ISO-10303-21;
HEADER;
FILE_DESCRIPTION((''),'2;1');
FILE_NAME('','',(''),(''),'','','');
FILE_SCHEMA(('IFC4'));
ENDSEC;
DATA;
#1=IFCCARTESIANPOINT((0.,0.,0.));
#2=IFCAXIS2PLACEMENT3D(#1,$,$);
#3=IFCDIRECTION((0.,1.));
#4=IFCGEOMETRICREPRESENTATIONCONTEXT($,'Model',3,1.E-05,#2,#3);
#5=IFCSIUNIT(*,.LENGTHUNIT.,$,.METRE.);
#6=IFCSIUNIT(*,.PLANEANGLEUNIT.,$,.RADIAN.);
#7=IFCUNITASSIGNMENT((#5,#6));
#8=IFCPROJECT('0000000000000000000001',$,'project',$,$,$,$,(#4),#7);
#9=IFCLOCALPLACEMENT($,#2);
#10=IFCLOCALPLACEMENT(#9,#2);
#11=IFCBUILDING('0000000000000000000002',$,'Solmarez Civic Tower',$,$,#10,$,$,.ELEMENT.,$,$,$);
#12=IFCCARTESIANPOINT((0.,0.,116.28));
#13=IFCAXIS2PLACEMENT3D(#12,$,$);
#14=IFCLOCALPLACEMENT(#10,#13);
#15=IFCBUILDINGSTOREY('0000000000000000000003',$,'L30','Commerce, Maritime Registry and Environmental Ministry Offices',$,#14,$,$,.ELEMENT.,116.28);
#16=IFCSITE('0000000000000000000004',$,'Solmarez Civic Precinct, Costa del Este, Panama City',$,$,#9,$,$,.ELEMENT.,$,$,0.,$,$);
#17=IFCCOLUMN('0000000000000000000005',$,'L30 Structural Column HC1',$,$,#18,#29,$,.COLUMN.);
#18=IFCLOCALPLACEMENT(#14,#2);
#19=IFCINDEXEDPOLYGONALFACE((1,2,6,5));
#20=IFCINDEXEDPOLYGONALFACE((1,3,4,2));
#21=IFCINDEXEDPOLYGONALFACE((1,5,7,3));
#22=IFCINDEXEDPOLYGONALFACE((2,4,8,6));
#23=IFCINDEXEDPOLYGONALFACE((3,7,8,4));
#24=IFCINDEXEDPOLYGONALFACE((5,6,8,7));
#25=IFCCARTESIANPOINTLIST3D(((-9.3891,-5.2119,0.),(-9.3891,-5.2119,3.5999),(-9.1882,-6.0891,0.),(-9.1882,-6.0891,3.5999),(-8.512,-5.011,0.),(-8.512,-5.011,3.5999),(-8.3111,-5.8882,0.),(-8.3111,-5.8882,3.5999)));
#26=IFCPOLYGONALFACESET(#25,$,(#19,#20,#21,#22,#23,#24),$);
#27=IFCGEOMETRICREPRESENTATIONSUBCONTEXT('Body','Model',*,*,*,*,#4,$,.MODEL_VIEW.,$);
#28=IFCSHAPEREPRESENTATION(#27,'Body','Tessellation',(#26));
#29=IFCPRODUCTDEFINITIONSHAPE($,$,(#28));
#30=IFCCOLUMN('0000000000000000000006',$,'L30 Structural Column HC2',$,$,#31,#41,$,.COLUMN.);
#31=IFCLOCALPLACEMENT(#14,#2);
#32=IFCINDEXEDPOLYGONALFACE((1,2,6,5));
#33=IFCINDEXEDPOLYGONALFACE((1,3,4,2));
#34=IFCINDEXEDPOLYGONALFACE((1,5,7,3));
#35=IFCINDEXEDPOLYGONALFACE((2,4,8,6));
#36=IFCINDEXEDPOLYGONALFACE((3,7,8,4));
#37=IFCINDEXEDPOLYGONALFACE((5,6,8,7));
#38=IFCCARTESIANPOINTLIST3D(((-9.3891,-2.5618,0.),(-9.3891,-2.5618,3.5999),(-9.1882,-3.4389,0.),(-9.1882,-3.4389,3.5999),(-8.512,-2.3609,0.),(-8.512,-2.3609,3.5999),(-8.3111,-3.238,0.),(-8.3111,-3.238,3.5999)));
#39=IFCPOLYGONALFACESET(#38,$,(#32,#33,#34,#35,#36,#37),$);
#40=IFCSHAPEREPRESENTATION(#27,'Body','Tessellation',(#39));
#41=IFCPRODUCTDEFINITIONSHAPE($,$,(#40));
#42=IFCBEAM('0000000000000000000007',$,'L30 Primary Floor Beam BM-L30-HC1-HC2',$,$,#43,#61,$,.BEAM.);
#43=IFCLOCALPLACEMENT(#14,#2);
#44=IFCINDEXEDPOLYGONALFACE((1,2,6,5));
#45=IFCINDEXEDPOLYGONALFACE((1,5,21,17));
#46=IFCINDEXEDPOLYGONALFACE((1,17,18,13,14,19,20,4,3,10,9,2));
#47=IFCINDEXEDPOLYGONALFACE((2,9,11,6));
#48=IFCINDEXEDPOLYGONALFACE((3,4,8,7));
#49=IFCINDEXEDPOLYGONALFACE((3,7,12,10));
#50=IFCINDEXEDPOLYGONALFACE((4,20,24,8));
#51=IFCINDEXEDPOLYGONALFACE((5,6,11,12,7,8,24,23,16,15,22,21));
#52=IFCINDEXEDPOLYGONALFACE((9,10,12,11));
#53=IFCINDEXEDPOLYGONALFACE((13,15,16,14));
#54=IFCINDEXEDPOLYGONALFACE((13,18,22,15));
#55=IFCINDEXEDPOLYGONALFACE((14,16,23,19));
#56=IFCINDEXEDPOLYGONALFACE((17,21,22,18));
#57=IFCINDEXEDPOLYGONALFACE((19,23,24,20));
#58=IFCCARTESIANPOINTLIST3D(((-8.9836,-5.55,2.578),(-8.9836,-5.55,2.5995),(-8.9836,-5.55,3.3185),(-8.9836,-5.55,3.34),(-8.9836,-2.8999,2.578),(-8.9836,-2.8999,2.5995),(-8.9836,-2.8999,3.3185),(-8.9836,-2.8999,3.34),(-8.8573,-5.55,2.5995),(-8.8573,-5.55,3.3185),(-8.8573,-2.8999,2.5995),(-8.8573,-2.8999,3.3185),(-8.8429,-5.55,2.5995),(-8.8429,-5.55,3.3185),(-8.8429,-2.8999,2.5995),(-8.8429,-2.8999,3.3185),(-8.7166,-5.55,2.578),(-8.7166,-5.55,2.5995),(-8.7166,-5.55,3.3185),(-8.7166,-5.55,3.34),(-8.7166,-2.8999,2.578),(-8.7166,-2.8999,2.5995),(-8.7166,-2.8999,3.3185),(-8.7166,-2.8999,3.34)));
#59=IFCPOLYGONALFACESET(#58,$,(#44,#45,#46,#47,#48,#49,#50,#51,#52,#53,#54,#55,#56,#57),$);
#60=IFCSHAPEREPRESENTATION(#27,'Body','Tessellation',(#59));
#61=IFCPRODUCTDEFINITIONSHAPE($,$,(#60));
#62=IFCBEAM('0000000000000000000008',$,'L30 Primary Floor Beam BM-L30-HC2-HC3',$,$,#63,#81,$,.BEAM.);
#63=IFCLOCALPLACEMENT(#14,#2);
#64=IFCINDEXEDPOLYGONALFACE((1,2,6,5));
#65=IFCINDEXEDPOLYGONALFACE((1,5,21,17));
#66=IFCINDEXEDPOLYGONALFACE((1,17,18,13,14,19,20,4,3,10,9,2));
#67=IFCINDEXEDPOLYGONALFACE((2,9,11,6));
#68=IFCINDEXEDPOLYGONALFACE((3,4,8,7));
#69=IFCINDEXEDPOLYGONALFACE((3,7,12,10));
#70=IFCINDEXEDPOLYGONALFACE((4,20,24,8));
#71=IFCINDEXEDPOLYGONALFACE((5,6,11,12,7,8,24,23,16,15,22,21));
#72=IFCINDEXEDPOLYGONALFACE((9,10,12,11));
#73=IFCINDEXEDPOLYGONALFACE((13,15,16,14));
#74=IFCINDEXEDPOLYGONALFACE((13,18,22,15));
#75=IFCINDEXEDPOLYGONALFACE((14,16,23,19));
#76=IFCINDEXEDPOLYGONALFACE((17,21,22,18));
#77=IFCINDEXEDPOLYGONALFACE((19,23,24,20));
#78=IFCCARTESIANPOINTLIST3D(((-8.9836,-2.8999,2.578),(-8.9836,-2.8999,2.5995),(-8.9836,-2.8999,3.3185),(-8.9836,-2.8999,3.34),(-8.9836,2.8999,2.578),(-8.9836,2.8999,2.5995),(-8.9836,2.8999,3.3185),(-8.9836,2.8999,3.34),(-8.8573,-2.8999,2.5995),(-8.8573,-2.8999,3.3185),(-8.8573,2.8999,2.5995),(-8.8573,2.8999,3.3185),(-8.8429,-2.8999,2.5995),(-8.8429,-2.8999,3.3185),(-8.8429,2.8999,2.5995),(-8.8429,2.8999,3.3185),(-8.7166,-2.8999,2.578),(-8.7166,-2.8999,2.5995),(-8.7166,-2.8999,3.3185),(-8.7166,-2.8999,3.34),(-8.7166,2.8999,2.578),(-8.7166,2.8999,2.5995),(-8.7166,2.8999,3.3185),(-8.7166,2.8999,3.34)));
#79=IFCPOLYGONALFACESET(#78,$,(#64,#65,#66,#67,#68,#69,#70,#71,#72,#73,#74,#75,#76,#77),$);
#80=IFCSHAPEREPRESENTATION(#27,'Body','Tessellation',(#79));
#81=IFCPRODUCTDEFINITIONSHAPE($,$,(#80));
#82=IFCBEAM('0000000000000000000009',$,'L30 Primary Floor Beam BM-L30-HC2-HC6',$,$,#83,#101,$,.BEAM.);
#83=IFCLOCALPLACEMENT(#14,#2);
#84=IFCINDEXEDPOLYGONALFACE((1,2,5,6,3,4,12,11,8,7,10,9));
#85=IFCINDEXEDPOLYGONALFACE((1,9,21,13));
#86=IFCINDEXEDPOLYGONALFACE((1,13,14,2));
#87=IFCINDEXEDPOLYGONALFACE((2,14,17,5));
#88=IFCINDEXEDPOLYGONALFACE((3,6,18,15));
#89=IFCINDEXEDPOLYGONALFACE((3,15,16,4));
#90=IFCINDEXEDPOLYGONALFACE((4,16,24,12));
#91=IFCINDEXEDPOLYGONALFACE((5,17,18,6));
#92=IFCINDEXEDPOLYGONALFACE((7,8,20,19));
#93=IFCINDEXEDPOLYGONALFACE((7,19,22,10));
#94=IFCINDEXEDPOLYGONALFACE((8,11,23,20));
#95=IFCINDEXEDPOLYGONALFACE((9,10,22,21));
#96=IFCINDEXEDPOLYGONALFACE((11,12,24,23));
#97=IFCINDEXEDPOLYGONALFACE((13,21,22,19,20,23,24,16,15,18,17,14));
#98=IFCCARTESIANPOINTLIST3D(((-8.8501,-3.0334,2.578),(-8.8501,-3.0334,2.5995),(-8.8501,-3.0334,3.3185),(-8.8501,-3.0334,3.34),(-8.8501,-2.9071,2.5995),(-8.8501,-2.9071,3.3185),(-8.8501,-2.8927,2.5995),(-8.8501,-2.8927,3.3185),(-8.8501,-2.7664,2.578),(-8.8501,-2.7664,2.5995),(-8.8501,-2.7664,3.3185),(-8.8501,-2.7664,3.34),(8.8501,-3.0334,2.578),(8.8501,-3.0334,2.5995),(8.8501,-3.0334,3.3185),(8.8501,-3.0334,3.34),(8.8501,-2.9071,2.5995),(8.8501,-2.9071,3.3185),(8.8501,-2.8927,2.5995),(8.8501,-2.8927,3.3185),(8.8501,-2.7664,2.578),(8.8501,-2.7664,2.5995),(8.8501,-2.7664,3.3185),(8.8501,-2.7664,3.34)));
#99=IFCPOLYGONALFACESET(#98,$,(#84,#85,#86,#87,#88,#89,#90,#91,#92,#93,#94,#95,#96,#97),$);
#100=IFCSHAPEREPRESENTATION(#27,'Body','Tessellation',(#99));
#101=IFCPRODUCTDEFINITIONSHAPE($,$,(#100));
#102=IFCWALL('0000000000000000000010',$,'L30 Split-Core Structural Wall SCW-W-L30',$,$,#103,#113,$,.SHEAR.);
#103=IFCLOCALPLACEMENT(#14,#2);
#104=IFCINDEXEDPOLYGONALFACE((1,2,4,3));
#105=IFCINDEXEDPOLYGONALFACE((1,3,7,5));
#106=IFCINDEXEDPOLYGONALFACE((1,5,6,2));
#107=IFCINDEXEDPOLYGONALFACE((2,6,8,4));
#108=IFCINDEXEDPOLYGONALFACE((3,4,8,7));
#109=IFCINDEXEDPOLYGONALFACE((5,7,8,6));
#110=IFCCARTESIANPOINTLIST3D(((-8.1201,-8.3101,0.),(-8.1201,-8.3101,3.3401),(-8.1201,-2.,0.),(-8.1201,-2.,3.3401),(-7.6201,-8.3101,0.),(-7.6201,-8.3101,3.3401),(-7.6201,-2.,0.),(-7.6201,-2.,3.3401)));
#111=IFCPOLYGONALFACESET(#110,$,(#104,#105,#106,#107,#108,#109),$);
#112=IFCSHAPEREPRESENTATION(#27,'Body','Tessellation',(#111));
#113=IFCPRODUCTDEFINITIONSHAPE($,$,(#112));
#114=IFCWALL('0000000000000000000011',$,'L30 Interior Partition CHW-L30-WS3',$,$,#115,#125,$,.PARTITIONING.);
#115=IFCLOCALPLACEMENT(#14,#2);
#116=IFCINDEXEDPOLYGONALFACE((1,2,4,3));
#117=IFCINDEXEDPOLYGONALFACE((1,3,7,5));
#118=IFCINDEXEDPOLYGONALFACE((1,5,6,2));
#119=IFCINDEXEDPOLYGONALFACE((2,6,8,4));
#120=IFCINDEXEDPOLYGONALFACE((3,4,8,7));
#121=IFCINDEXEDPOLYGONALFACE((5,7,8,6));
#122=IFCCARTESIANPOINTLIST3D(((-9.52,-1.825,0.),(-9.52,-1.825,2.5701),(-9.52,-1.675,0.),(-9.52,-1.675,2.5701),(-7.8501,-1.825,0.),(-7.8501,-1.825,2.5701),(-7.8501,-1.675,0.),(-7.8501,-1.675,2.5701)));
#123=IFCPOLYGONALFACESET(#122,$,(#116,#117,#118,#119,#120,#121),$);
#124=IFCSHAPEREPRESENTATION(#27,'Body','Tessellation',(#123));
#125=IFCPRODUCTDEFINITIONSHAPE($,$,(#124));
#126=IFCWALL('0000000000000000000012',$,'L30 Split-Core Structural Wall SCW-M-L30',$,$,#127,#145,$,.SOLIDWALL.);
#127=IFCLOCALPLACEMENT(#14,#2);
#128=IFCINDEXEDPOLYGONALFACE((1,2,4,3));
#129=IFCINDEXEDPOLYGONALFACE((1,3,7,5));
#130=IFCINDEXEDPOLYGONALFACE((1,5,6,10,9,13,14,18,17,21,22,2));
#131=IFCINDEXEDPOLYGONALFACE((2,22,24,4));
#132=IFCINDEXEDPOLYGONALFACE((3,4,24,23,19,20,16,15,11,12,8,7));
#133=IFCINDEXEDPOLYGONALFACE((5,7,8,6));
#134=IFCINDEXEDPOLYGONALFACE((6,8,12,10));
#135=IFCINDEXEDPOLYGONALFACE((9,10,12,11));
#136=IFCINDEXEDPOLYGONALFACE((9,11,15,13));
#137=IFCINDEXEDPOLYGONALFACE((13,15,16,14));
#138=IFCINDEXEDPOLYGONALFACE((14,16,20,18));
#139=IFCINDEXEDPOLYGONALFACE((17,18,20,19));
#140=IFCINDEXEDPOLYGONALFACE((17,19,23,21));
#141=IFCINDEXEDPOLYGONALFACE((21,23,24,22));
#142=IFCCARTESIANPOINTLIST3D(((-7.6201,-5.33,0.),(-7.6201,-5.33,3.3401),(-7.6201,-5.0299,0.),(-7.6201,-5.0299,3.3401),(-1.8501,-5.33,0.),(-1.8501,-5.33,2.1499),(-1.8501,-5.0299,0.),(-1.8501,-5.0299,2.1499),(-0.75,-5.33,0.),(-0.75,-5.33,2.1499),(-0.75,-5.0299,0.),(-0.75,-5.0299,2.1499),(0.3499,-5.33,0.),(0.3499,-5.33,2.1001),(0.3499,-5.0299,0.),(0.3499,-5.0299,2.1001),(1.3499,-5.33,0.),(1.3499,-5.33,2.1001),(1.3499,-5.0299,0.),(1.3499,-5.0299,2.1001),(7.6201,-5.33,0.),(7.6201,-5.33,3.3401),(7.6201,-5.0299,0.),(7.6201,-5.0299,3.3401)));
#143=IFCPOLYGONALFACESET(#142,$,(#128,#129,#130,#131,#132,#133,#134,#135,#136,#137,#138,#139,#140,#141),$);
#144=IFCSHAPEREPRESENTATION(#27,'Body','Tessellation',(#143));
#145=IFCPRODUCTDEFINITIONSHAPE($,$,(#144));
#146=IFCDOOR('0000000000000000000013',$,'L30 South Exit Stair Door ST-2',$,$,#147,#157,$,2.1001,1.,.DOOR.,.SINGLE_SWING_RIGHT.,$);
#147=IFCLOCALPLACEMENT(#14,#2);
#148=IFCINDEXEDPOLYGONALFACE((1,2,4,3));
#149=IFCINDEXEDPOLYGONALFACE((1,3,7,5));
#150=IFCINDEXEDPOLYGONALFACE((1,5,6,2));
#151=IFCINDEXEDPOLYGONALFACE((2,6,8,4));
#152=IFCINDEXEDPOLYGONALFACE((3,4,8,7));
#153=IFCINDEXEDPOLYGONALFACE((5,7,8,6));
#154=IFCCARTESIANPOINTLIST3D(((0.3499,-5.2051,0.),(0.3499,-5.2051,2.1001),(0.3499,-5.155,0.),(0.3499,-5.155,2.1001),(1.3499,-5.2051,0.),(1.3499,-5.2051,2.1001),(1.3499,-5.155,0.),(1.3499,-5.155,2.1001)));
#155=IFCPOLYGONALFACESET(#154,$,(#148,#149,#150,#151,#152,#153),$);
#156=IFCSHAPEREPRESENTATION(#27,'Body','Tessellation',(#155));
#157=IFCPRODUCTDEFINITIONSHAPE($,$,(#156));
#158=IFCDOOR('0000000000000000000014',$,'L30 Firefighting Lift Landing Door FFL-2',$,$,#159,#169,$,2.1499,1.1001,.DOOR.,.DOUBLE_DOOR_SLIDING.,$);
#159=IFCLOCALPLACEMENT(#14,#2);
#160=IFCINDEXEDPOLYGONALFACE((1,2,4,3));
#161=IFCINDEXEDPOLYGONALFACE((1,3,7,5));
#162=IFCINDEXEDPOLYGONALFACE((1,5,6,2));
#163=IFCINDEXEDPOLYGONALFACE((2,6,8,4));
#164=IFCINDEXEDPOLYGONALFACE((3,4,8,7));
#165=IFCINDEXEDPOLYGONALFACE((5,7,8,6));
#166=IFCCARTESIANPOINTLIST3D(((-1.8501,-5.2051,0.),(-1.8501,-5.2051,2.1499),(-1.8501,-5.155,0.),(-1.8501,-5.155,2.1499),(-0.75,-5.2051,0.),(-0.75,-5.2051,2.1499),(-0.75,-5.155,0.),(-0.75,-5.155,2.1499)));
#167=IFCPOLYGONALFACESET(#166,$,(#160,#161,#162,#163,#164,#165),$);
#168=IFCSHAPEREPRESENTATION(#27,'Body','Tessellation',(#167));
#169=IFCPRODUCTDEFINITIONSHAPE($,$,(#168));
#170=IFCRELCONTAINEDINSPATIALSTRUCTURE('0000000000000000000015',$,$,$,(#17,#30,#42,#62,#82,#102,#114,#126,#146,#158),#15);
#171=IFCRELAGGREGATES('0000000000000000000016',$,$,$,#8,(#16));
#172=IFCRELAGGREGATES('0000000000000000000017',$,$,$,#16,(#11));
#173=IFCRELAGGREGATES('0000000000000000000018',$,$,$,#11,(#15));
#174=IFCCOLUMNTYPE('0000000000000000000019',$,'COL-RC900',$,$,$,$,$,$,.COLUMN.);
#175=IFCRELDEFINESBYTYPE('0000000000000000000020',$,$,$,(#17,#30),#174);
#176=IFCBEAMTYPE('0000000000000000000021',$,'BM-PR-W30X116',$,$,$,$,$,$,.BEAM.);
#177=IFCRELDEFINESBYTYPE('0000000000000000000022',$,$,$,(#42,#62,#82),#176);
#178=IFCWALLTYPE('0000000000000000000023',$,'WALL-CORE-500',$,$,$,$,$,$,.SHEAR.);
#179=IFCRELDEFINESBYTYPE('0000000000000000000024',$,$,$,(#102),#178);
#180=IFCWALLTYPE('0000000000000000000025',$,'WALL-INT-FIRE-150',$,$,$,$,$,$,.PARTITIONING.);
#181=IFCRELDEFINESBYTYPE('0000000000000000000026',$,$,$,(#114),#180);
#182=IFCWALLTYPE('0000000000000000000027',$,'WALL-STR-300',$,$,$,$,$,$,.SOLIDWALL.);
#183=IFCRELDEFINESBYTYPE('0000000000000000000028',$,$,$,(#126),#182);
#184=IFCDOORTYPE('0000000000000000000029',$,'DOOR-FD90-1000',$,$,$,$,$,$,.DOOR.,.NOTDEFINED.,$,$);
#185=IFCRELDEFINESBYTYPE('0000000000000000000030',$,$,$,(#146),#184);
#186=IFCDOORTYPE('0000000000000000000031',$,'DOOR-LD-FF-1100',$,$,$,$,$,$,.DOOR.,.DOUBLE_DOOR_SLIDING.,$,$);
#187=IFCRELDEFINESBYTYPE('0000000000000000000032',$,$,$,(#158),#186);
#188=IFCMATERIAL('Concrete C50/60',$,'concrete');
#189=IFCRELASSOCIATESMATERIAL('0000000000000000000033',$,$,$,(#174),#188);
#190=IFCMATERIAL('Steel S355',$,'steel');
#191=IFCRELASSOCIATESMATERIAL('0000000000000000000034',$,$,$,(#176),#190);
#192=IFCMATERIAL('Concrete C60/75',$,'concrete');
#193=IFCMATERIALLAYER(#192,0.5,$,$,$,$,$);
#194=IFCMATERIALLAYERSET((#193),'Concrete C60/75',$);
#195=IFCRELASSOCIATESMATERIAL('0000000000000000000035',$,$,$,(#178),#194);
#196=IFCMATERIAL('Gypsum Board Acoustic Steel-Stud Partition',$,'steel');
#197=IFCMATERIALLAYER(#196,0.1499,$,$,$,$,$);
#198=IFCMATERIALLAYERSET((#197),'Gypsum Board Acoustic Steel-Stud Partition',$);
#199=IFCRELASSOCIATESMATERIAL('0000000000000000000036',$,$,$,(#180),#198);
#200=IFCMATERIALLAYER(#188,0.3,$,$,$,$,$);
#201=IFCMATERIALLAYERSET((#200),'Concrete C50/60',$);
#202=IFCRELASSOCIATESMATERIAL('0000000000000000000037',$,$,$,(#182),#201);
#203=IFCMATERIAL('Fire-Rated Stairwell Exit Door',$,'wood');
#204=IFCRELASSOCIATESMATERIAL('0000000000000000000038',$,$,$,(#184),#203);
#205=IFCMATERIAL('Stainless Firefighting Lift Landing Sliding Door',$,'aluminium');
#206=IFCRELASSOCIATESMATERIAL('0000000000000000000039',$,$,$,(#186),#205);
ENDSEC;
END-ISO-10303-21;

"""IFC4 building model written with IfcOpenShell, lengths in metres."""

from ifc_helpers import new_model, si_unit, direction, frame, frame_2d, origin, origin_2d, place, context, subcontext, project, spatial, rectangle, i_section, extrude, material, layer, layer_set, material_profile, profile_set, type_object, element, fill, save


model = new_model("IFC4")

# Units and contexts
model_context = context("Model", 3, precision=1e-05, world=origin(), true_north=direction((0.0, 1.0)))
body_context = subcontext(model_context, "Body", "Model", "MODEL_VIEW")
ifc_project = project(units=[si_unit("LENGTHUNIT", "METRE"), si_unit("PLANEANGLEUNIT", "RADIAN")], contexts=[model_context])

# Site, building, storey
site_placement = place(None, origin())
site = spatial("IfcSite", under=ifc_project, at=site_placement, Name="Solmarez Civic Precinct, Costa del Este, Panama City", CompositionType="ELEMENT", RefElevation=0.0)
building_placement = place(site_placement, origin())
building = spatial("IfcBuilding", under=site, at=building_placement, Name="Solmarez Civic Tower", CompositionType="ELEMENT")
storey_placement = place(building_placement, frame((0.0, 0.0, 116.28)))
storey = spatial("IfcBuildingStorey", under=building, at=storey_placement, Name="L30", Description="Commerce, Maritime Registry and Environmental Ministry Offices", CompositionType="ELEMENT", Elevation=116.28)

# Columns
ifc_material_1 = material(Name="Concrete C50/60", Category="concrete")
ifc_material_profile_1 = material_profile(ifc_material_1, rectangle(XDim=0.8999, YDim=0.8999, at=origin_2d()), Name="RC900X900")
ifc_profile_set_1 = profile_set([ifc_material_profile_1], Name="Concrete C50/60")
column_type = type_object("IfcColumnType", Name="COL-RC900", PredefinedType="COLUMN", material=ifc_profile_set_1)
for number, where, z_axis, x_axis, name in (
    (1, (-8.8501, -5.55, 0.0), (0.0, 0.0, 1.0), (0.974761, 0.22325, 0.0), "L30 Structural Column HC1"),
    (2, (-8.8501, -2.8999, 0.0), (0.0, 0.0, 1.0), (0.974761, 0.22325, 0.0), "L30 Structural Column HC2"),
):
    element("IfcColumn", number, at=place(storey_placement, frame(where, z_axis=z_axis, x_axis=x_axis)), inside=storey, type_object=column_type, Name=name, PredefinedType="COLUMN", context=body_context, shape_type="SweptSolid", body=[
        extrude(rectangle(XDim=0.8999, YDim=0.8999, at=origin_2d()), origin(), (0.0, 0.0, 1.0), 3.5999),
    ])

# Beams
ifc_material_2 = material(Name="Steel S355", Category="steel")
ifc_material_profile_2 = material_profile(ifc_material_2, i_section(OverallWidth=0.2671, OverallDepth=0.762, WebThickness=0.0144, FlangeThickness=0.0215, at=origin_2d()), Name="W30X116")
ifc_profile_set_2 = profile_set([ifc_material_profile_2], Name="Steel S355")
beam_type = type_object("IfcBeamType", Name="BM-PR-W30X116", PredefinedType="BEAM", material=ifc_profile_set_2)
beam_1_placement = place(storey_placement, frame((-8.8501, -5.55, 2.959), z_axis=(0.0, 1.0, 0.0), x_axis=(-1.0, 0.0, 0.0)))
element("IfcBeam", 3, at=beam_1_placement, inside=storey, type_object=beam_type, Name="L30 Primary Floor Beam BM-L30-HC1-HC2", PredefinedType="BEAM", context=body_context, shape_type="SweptSolid", body=[
    extrude(i_section(OverallWidth=0.2671, OverallDepth=0.762, WebThickness=0.0144, FlangeThickness=0.0215, at=origin_2d()), origin(), (0.0, 0.0, 1.0), 2.6501),
])
beam_2_placement = place(storey_placement, frame((-8.8501, -2.8999, 2.959), z_axis=(0.0, 1.0, 0.0), x_axis=(-1.0, 0.0, 0.0)))
element("IfcBeam", 4, at=beam_2_placement, inside=storey, type_object=beam_type, Name="L30 Primary Floor Beam BM-L30-HC2-HC3", PredefinedType="BEAM", context=body_context, shape_type="SweptSolid", body=[
    extrude(i_section(OverallWidth=0.2671, OverallDepth=0.762, WebThickness=0.0144, FlangeThickness=0.0215, at=origin_2d()), origin(), (0.0, 0.0, 1.0), 5.7998),
])
beam_3_placement = place(storey_placement, frame((-8.8501, -2.8999, 2.959), z_axis=(1.0, 0.0, 0.0), x_axis=(0.0, 1.0, 0.0)))
element("IfcBeam", 5, at=beam_3_placement, inside=storey, type_object=beam_type, Name="L30 Primary Floor Beam BM-L30-HC2-HC6", PredefinedType="BEAM", context=body_context, shape_type="SweptSolid", body=[
    extrude(i_section(OverallWidth=0.2671, OverallDepth=0.762, WebThickness=0.0144, FlangeThickness=0.0215, at=origin_2d()), origin(), (0.0, 0.0, 1.0), 17.7002),
])

# Shared definitions
ifc_material_3 = material(Name="Concrete C60/75", Category="concrete")
ifc_layer_1 = layer(ifc_material_3, 0.5)
ifc_layer_set_1 = layer_set([ifc_layer_1], Name="Concrete C60/75")
wall_type_1 = type_object("IfcWallType", Name="WALL-CORE-500", PredefinedType="SHEAR", material=ifc_layer_set_1)

# Walls
wall_1_placement = place(storey_placement, frame((-7.8701, -8.3101, 0.0), z_axis=(0.0, 0.0, 1.0), x_axis=(0.0, 1.0, 0.0)))
element("IfcWall", 6, at=wall_1_placement, inside=storey, type_object=wall_type_1, Name="L30 Split-Core Structural Wall SCW-W-L30", PredefinedType="SHEAR", context=body_context, shape_type="SweptSolid", body=[
    extrude(rectangle(XDim=6.3101, YDim=0.5, at=frame_2d((3.155, 0.0))), origin(), (0.0, 0.0, 1.0), 3.3401),
])
ifc_material_4 = material(Name="Gypsum Board Acoustic Steel-Stud Partition", Category="steel")
ifc_layer_2 = layer(ifc_material_4, 0.1499)
ifc_layer_set_2 = layer_set([ifc_layer_2], Name="Gypsum Board Acoustic Steel-Stud Partition")
wall_type_2 = type_object("IfcWallType", Name="WALL-INT-FIRE-150", PredefinedType="PARTITIONING", material=ifc_layer_set_2)
wall_2_placement = place(storey_placement, frame((-7.8501, -1.75, 0.0), z_axis=(0.0, 0.0, 1.0), x_axis=(-1.0, 0.0, 0.0)))
element("IfcWall", 7, at=wall_2_placement, inside=storey, type_object=wall_type_2, Name="L30 Interior Partition CHW-L30-WS3", PredefinedType="PARTITIONING", context=body_context, shape_type="SweptSolid", body=[
    extrude(rectangle(XDim=1.6699, YDim=0.1499, at=frame_2d((0.835, 0.0))), origin(), (0.0, 0.0, 1.0), 2.5701),
])

# Wall, openings, doors
ifc_layer_3 = layer(ifc_material_1, 0.3)
ifc_layer_set_3 = layer_set([ifc_layer_3], Name="Concrete C50/60")
wall_type_3 = type_object("IfcWallType", Name="WALL-STR-300", PredefinedType="SOLIDWALL", material=ifc_layer_set_3)
wall_3_placement = place(storey_placement, frame((-7.6201, -5.1799, 0.0), z_axis=(0.0, 0.0, 1.0), x_axis=(1.0, 0.0, 0.0)))
wall_3 = element("IfcWall", 8, at=wall_3_placement, inside=storey, type_object=wall_type_3, Name="L30 Split-Core Structural Wall SCW-M-L30", PredefinedType="SOLIDWALL", context=body_context, shape_type="SweptSolid", body=[
    extrude(rectangle(XDim=15.2402, YDim=0.3, at=frame_2d((7.6201, 0.0))), origin(), (0.0, 0.0, 1.0), 3.3401),
])
opening_1_placement = place(wall_3_placement, frame((5.77, 0.0, 0.0)))
opening_1 = element("IfcOpeningElement", 9, at=opening_1_placement, cuts=wall_3, PredefinedType="OPENING", context=body_context, shape_type="SweptSolid", body=[
    extrude(rectangle(XDim=1.1001, YDim=2.1499, at=frame_2d((0.55, 1.075))), frame((0.0, 0.1599, 0.0), z_axis=(0.0, -1.0, 0.0), x_axis=(1.0, 0.0, 0.0)), (0.0, 0.0, 1.0), 0.3201),
])
opening_2_placement = place(wall_3_placement, frame((7.97, 0.0, 0.0)))
opening_2 = element("IfcOpeningElement", 10, at=opening_2_placement, cuts=wall_3, PredefinedType="OPENING", context=body_context, shape_type="SweptSolid", body=[
    extrude(rectangle(XDim=1.0, YDim=2.1001, at=frame_2d((0.5, 1.05))), frame((0.0, 0.1599, 0.0), z_axis=(0.0, -1.0, 0.0), x_axis=(1.0, 0.0, 0.0)), (0.0, 0.0, 1.0), 0.3201),
])
ifc_material_5 = material(Name="Fire-Rated Stairwell Exit Door", Category="wood")
door_type_1 = type_object("IfcDoorType", Name="DOOR-FD90-1000", OperationType="NOTDEFINED", PredefinedType="DOOR", material=ifc_material_5)
door_1_placement = place(opening_2_placement, origin())
door_1 = element("IfcDoor", 11, at=door_1_placement, inside=storey, type_object=door_type_1, Name="L30 South Exit Stair Door ST-2", OperationType="SINGLE_SWING_RIGHT", OverallHeight=2.1001, OverallWidth=1.0, PredefinedType="DOOR", context=body_context, shape_type="SweptSolid", body=[
    extrude(rectangle(XDim=1.0, YDim=2.1001, at=frame_2d((0.5, 1.05))), frame((0.0, 0.0249, 0.0), z_axis=(0.0, -1.0, 0.0), x_axis=(1.0, 0.0, 0.0)), (0.0, 0.0, 1.0), 0.05),
])
fill(opening_2, door_1)
ifc_material_6 = material(Name="Stainless Firefighting Lift Landing Sliding Door", Category="aluminium")
door_type_2 = type_object("IfcDoorType", Name="DOOR-LD-FF-1100", OperationType="DOUBLE_DOOR_SLIDING", PredefinedType="DOOR", material=ifc_material_6)
door_2_placement = place(opening_1_placement, origin())
door_2 = element("IfcDoor", 12, at=door_2_placement, inside=storey, type_object=door_type_2, Name="L30 Firefighting Lift Landing Door FFL-2", OperationType="DOUBLE_DOOR_SLIDING", OverallHeight=2.1499, OverallWidth=1.1001, PredefinedType="DOOR", context=body_context, shape_type="SweptSolid", body=[
    extrude(rectangle(XDim=1.1001, YDim=2.1499, at=frame_2d((0.55, 1.075))), frame((0.0, 0.0249, 0.0), z_axis=(0.0, -1.0, 0.0), x_axis=(1.0, 0.0, 0.0)), (0.0, 0.0, 1.0), 0.05),
])
fill(opening_1, door_2)

save(model, "model.ifc")
